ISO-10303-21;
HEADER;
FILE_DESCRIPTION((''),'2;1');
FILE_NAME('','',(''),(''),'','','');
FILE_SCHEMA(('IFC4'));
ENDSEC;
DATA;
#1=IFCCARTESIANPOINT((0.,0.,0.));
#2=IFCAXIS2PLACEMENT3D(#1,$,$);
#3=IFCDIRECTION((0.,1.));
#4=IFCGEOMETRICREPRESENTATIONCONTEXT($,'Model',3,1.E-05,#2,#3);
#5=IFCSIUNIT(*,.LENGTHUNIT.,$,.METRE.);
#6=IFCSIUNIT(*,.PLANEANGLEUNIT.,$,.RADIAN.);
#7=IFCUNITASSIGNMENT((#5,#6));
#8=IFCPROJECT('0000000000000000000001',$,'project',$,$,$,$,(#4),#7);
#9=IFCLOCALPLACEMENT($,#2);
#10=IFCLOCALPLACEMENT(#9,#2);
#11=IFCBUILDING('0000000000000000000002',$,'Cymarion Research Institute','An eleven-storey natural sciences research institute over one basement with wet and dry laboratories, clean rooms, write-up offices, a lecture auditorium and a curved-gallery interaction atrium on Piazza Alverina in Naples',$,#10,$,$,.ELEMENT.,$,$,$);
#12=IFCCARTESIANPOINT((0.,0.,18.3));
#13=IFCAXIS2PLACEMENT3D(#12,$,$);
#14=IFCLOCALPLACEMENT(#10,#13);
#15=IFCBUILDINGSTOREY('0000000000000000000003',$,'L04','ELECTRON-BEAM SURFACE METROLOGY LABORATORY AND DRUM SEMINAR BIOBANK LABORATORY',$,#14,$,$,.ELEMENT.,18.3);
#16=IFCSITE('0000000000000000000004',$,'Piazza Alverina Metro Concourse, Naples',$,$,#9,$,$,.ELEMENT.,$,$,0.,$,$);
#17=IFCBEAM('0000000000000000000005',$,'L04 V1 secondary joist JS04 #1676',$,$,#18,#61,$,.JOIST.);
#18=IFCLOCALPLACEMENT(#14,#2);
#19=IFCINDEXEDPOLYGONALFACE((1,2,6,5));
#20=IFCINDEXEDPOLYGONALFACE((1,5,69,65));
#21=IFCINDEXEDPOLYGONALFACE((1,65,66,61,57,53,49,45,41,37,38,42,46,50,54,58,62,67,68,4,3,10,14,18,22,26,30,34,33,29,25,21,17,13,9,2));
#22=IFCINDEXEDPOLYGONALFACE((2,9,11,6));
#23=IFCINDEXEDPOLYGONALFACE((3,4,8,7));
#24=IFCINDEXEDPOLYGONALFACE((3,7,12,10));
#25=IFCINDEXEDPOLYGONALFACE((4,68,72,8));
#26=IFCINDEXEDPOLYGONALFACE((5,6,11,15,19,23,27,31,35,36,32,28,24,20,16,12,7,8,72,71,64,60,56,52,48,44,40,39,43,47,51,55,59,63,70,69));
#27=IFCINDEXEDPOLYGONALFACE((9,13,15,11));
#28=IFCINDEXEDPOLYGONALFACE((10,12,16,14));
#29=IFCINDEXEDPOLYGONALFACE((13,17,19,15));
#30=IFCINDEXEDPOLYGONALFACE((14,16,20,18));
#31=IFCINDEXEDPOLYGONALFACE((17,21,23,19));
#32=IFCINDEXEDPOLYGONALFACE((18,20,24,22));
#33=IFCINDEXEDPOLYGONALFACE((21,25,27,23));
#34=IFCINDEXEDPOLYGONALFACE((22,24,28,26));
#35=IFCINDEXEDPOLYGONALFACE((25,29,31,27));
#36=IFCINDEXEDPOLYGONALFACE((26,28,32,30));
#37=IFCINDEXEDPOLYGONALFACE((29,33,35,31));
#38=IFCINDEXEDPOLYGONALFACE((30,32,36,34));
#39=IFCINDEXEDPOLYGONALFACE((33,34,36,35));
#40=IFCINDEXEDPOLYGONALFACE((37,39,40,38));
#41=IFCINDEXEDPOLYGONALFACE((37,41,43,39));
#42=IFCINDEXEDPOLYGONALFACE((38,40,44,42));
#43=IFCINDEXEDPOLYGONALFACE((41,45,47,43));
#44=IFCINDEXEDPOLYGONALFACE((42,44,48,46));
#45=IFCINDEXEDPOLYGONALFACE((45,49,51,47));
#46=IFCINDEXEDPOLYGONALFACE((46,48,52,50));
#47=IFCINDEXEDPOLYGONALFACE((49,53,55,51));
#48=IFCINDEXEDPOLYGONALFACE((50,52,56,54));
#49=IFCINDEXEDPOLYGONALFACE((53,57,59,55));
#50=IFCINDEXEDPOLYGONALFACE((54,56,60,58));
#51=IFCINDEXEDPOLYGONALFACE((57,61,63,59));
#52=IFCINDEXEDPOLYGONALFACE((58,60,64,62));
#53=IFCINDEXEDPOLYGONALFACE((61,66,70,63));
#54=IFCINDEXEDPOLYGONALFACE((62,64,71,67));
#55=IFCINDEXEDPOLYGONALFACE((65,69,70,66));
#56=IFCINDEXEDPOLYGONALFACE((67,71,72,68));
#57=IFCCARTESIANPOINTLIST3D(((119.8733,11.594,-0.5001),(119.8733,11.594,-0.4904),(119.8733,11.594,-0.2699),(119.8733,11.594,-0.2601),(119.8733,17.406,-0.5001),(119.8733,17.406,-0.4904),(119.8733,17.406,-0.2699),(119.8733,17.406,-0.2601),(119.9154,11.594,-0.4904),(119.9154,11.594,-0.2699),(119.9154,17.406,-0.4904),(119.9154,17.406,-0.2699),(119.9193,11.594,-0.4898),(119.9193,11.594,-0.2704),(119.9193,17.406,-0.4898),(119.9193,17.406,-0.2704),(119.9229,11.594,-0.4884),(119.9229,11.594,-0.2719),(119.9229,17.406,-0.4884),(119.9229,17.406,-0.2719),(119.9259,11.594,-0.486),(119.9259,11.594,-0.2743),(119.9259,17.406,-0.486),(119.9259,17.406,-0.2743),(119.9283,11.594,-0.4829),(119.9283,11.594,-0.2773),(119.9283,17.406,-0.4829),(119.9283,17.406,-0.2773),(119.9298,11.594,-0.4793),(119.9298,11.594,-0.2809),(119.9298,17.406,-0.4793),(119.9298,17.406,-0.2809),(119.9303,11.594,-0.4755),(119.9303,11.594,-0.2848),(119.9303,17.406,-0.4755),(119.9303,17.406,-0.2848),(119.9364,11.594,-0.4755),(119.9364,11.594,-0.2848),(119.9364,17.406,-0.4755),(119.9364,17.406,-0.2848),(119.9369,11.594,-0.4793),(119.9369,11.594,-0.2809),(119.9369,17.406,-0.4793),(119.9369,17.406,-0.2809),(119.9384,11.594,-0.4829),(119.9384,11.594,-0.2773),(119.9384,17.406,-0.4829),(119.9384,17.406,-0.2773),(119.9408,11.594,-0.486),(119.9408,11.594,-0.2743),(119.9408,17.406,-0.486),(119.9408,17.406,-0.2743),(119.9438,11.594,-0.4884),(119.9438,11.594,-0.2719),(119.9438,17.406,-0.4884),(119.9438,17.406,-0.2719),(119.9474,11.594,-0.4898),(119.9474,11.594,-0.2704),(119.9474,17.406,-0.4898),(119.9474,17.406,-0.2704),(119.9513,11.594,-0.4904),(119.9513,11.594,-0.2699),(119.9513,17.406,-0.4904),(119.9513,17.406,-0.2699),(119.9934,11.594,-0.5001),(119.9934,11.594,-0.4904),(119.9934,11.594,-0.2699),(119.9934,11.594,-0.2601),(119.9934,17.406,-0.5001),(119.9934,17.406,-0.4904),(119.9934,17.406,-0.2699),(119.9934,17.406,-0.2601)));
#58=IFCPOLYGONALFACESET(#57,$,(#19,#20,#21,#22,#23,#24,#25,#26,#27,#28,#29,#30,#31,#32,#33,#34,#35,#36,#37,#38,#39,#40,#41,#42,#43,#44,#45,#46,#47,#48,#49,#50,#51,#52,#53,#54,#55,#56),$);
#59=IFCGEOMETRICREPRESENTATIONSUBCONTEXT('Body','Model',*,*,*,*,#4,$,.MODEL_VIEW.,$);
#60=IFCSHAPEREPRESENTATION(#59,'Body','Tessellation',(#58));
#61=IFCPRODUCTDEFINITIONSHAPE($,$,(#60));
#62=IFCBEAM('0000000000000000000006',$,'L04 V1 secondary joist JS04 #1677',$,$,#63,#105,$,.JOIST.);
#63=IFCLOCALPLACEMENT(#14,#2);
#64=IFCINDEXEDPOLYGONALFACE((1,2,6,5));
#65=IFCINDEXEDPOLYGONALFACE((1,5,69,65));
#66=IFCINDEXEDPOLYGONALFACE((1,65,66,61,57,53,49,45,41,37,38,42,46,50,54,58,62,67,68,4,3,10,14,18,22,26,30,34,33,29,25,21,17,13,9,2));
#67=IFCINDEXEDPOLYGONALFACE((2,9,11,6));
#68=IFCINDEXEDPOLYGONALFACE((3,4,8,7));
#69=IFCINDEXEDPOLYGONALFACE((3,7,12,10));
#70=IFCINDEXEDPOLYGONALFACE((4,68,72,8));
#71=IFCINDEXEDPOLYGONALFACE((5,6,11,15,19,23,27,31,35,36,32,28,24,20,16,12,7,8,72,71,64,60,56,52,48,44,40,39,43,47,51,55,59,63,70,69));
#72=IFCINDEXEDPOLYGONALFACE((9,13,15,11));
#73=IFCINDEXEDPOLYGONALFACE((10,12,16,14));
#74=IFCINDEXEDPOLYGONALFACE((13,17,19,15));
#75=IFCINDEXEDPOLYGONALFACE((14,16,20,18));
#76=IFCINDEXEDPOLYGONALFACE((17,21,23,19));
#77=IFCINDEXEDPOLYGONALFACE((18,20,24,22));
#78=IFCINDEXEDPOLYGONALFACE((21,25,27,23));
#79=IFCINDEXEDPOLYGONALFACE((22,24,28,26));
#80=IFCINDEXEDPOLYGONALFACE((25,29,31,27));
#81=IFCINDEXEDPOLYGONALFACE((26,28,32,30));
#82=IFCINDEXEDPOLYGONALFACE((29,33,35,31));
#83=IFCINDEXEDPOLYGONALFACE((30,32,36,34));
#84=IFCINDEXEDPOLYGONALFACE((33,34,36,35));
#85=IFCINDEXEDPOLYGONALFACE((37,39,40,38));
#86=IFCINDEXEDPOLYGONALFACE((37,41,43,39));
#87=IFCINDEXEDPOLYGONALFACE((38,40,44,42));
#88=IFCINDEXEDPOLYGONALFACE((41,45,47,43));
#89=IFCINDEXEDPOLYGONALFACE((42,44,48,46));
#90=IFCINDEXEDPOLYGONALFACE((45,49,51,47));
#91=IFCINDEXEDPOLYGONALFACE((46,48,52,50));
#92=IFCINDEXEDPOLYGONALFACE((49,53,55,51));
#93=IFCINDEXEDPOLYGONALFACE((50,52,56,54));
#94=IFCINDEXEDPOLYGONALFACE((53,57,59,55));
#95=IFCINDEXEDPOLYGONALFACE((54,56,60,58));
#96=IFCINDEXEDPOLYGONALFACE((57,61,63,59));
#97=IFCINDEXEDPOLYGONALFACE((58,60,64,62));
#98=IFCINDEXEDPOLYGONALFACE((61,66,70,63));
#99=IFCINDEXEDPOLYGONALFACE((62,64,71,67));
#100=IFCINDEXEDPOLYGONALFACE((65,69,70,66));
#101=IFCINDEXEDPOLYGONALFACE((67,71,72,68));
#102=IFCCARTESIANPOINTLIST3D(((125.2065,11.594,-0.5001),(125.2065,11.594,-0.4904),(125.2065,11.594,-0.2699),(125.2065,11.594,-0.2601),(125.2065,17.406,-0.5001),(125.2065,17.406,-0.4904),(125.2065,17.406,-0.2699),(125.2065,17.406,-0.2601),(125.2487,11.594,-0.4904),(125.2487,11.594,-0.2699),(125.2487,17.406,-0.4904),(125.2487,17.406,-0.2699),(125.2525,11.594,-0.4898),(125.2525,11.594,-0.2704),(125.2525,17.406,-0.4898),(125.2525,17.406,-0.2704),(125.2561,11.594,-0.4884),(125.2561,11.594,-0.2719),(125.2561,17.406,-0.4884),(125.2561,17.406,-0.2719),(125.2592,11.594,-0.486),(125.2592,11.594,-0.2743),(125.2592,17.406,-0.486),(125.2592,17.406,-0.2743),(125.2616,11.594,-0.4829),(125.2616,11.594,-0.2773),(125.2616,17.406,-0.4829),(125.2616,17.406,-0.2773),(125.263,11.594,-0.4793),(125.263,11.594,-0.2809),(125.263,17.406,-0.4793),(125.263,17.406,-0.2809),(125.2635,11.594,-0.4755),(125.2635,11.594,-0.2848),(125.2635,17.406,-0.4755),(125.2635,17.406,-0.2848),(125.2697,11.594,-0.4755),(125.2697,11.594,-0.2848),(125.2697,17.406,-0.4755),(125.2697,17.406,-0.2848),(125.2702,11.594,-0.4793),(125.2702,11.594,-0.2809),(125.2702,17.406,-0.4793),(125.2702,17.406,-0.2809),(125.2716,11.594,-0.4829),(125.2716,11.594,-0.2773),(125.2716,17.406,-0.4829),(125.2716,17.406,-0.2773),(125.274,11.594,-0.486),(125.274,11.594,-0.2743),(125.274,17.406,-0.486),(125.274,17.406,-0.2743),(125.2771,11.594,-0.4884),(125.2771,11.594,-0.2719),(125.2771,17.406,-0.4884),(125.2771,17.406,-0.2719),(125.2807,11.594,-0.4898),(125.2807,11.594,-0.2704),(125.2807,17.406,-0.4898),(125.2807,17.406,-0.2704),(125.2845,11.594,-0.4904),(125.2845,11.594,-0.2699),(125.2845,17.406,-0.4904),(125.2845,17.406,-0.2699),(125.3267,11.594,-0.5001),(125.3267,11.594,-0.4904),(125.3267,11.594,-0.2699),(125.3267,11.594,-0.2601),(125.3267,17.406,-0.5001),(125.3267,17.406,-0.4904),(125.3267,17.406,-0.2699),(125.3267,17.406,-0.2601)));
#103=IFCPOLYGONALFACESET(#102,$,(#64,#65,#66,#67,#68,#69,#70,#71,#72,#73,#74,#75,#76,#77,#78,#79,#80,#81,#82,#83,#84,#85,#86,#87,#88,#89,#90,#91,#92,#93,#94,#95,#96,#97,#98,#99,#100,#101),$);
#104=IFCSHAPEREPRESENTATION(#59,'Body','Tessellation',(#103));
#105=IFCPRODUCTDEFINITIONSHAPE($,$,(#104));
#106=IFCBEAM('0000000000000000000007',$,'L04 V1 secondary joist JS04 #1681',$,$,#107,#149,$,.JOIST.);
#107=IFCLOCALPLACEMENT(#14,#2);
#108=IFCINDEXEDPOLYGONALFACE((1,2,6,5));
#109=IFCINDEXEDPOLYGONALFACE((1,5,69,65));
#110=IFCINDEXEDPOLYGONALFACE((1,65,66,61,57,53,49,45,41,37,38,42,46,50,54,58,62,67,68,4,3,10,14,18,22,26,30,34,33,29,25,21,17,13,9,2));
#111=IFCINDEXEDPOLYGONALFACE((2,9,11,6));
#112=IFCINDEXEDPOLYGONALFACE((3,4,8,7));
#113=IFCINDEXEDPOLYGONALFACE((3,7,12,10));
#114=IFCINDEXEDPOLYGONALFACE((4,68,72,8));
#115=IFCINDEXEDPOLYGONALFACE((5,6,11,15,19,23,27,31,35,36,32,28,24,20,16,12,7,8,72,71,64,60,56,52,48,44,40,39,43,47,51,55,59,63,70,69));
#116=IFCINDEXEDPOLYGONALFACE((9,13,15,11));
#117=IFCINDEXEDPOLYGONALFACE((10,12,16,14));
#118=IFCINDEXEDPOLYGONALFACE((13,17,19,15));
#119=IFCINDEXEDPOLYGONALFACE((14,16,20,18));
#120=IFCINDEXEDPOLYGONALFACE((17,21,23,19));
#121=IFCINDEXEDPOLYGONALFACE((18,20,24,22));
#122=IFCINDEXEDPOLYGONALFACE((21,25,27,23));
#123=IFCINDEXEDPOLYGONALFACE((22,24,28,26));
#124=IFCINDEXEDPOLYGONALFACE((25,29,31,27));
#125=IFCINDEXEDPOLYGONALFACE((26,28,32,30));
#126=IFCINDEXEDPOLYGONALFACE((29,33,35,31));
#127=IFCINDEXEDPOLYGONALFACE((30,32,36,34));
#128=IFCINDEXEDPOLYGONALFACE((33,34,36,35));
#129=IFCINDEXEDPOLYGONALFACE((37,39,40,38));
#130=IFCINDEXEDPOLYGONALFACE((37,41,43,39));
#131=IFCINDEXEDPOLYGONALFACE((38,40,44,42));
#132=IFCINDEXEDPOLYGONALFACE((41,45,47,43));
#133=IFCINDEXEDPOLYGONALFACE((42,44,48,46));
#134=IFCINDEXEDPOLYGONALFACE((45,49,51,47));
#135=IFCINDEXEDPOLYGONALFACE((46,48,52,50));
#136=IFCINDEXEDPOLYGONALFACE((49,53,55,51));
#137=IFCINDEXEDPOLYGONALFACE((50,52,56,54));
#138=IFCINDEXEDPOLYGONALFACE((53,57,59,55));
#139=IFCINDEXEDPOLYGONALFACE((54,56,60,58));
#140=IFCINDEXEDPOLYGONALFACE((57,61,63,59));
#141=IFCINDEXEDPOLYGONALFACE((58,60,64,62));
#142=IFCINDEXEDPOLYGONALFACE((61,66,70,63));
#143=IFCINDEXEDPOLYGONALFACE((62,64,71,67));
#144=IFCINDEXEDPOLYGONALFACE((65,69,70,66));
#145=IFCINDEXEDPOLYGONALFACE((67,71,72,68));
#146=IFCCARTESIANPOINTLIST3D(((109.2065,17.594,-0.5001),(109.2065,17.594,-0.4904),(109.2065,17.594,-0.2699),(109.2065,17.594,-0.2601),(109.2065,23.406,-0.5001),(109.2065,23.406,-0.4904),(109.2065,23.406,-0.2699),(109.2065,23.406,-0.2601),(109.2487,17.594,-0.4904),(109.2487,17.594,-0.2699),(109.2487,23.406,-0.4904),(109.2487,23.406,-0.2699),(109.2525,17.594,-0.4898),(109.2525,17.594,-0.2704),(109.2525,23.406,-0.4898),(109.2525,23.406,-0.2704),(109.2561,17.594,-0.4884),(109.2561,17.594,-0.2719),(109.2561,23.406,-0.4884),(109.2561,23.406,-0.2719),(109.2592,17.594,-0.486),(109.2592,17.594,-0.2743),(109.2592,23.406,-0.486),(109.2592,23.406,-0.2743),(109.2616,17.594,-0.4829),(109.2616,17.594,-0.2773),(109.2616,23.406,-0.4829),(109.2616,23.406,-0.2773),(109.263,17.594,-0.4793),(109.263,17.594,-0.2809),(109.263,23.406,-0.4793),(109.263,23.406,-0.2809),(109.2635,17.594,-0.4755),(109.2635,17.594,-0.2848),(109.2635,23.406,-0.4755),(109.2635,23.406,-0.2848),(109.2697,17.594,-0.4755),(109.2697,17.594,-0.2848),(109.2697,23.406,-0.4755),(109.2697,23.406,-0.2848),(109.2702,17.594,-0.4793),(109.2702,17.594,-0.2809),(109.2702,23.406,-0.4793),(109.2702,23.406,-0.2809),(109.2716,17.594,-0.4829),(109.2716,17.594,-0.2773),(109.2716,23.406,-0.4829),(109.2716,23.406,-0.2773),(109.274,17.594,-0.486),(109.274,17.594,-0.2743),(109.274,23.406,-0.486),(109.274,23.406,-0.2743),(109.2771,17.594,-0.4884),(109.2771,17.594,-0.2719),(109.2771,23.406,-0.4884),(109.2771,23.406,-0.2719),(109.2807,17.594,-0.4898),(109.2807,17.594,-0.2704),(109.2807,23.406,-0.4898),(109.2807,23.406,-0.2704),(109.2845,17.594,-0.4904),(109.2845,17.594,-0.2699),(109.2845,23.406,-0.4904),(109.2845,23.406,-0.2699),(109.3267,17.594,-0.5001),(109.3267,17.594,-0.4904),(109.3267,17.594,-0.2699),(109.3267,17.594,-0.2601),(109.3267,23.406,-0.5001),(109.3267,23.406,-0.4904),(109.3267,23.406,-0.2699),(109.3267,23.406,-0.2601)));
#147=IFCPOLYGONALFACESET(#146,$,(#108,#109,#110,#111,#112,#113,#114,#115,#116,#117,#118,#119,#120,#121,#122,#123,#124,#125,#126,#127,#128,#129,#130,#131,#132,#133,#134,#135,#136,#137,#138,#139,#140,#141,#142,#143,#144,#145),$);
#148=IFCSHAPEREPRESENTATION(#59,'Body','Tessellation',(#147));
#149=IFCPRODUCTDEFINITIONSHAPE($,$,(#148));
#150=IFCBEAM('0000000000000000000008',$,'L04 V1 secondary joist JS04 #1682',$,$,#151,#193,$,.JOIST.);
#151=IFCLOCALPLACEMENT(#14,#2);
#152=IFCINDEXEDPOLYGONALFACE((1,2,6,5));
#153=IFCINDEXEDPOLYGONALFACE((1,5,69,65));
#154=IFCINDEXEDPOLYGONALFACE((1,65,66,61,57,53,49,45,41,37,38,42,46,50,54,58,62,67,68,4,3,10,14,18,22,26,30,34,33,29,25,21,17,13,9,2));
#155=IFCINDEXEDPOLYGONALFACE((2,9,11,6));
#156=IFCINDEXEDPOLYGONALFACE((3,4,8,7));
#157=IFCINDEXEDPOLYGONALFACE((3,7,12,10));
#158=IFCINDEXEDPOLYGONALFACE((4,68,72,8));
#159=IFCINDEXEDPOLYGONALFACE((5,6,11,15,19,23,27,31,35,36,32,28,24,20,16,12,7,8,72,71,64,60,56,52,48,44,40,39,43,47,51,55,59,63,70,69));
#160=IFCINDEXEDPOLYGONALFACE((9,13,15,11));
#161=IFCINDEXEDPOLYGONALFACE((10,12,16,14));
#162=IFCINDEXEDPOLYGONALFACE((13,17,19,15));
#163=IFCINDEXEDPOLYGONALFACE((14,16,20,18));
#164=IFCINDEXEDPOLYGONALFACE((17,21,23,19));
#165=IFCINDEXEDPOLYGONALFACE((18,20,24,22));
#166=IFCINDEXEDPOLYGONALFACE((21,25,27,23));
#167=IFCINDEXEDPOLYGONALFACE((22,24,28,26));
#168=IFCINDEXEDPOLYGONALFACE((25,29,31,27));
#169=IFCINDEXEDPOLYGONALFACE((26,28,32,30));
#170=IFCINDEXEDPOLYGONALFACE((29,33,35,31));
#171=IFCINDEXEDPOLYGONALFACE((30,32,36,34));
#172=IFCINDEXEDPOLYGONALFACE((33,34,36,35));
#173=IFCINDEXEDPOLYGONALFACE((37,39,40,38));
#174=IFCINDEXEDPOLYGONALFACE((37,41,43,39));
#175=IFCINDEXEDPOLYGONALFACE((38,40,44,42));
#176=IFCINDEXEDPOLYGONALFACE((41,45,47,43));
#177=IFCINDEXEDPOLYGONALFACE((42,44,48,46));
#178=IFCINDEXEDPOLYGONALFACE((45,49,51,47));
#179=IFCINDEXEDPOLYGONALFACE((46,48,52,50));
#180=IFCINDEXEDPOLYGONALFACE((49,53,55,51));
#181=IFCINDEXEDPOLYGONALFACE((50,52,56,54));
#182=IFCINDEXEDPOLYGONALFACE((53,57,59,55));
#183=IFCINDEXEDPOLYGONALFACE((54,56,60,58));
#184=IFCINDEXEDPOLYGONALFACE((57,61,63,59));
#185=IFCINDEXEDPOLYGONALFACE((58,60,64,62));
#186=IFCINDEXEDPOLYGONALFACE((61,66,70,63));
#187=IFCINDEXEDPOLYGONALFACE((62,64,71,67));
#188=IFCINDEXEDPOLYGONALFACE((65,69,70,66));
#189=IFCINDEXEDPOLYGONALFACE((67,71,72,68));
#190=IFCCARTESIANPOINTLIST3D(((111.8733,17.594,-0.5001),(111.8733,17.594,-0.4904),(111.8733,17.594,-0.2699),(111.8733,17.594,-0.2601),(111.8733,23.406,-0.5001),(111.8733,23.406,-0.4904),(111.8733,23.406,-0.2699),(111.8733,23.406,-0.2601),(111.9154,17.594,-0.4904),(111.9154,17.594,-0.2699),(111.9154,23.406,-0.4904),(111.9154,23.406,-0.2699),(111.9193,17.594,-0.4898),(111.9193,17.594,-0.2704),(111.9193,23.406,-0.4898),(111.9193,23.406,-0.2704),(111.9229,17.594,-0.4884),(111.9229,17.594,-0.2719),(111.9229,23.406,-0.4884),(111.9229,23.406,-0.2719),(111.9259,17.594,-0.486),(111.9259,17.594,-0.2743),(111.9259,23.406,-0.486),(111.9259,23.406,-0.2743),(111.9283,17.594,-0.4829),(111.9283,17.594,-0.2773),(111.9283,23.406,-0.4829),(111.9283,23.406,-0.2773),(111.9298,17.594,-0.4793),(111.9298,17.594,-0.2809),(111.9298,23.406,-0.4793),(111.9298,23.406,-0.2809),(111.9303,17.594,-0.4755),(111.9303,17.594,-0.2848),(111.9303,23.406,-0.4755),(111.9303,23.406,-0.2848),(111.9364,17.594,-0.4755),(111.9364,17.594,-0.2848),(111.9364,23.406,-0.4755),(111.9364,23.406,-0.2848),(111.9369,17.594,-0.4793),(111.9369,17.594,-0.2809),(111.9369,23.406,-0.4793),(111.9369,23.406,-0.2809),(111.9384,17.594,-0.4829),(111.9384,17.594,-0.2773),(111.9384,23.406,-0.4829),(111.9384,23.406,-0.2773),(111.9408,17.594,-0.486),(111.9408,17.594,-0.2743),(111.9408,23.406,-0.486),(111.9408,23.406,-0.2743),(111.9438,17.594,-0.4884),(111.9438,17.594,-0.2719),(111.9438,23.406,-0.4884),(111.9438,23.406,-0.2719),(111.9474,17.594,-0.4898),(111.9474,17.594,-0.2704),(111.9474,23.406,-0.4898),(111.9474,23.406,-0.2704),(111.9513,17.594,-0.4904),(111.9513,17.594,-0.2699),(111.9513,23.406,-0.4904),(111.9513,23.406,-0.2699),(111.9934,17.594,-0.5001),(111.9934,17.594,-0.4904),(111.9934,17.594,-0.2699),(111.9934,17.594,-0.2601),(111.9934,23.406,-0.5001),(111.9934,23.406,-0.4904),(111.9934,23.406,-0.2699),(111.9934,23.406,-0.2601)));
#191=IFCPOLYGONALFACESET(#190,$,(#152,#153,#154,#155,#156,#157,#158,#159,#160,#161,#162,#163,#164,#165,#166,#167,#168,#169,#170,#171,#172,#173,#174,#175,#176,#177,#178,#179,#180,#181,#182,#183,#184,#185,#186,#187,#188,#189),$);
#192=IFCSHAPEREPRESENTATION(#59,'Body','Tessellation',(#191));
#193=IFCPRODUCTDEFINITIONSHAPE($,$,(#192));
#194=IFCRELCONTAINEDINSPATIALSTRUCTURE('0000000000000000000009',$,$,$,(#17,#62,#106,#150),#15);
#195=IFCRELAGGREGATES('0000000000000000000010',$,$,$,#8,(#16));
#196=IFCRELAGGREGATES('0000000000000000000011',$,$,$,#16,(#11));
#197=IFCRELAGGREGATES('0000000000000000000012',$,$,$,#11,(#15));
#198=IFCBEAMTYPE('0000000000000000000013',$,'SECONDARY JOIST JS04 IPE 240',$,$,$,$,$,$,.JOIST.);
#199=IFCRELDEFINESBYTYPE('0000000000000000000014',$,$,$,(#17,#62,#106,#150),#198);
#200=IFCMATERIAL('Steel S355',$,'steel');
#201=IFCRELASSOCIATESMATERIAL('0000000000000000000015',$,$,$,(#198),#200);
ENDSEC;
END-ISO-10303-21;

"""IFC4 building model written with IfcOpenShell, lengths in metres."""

from ifc_helpers import new_model, si_unit, direction, frame, origin, origin_2d, place, context, subcontext, project, spatial, i_section, extrude, material, material_profile, profile_set, type_object, element, save


model = new_model("IFC4")

# Units and contexts
model_context = context("Model", 3, precision=1e-05, world=origin(), true_north=direction((0.0, 1.0)))
body_context = subcontext(model_context, "Body", "Model", "MODEL_VIEW")
ifc_project = project(units=[si_unit("LENGTHUNIT", "METRE"), si_unit("PLANEANGLEUNIT", "RADIAN")], contexts=[model_context])

# Site, building, storey
site_placement = place(None, origin())
site = spatial("IfcSite", under=ifc_project, at=site_placement, Name="Piazza Alverina Metro Concourse, Naples", CompositionType="ELEMENT", RefElevation=0.0)
building_placement = place(site_placement, origin())
building = spatial("IfcBuilding", under=site, at=building_placement, Name="Cymarion Research Institute", Description="An eleven-storey natural sciences research institute over one basement with wet and dry laboratories, clean rooms, write-up offices, a lecture auditorium and a curved-gallery interaction atrium on Piazza Alverina in Naples", CompositionType="ELEMENT")
storey_placement = place(building_placement, frame((0.0, 0.0, 18.3)))
storey = spatial("IfcBuildingStorey", under=building, at=storey_placement, Name="L04", Description="ELECTRON-BEAM SURFACE METROLOGY LABORATORY AND DRUM SEMINAR BIOBANK LABORATORY", CompositionType="ELEMENT", Elevation=18.3)

# Beams
ifc_material = material(Name="Steel S355", Category="steel")
ifc_material_profile_1 = material_profile(ifc_material, i_section(OverallWidth=0.1201, OverallDepth=0.24, WebThickness=0.0061, FlangeThickness=0.0098, FilletRadius=0.0149, at=origin_2d()), Name="IPE 240")
ifc_profile_set_1 = profile_set([ifc_material_profile_1], Name="Steel S355")
beam_type_1 = type_object("IfcBeamType", Name="SECONDARY JOIST JS04 IPE 240", PredefinedType="JOIST", material=ifc_profile_set_1)
for number, where, z_axis, x_axis, name in (
    (1, (119.9333, 11.594, -0.3801), (0.0, 1.0, 0.0), (-1.0, 0.0, 0.0), "L04 V1 secondary joist JS04 #1676"),
    (2, (125.2666, 11.594, -0.3801), (0.0, 1.0, 0.0), (-1.0, 0.0, 0.0), "L04 V1 secondary joist JS04 #1677"),
    (3, (109.2666, 17.594, -0.3801), (0.0, 1.0, 0.0), (-1.0, 0.0, 0.0), "L04 V1 secondary joist JS04 #1681"),
    (4, (111.9333, 17.594, -0.3801), (0.0, 1.0, 0.0), (-1.0, 0.0, 0.0), "L04 V1 secondary joist JS04 #1682"),
):
    element("IfcBeam", number, at=place(storey_placement, frame(where, z_axis=z_axis, x_axis=x_axis)), inside=storey, type_object=beam_type_1, Name=name, PredefinedType="JOIST", context=body_context, shape_type="SweptSolid", body=[
        extrude(i_section(OverallWidth=0.1201, OverallDepth=0.24, WebThickness=0.0061, FlangeThickness=0.0098, FilletRadius=0.0149, at=origin_2d()), origin(), (0.0, 0.0, 1.0), 5.812),
    ])

save(model, "model.ifc")
